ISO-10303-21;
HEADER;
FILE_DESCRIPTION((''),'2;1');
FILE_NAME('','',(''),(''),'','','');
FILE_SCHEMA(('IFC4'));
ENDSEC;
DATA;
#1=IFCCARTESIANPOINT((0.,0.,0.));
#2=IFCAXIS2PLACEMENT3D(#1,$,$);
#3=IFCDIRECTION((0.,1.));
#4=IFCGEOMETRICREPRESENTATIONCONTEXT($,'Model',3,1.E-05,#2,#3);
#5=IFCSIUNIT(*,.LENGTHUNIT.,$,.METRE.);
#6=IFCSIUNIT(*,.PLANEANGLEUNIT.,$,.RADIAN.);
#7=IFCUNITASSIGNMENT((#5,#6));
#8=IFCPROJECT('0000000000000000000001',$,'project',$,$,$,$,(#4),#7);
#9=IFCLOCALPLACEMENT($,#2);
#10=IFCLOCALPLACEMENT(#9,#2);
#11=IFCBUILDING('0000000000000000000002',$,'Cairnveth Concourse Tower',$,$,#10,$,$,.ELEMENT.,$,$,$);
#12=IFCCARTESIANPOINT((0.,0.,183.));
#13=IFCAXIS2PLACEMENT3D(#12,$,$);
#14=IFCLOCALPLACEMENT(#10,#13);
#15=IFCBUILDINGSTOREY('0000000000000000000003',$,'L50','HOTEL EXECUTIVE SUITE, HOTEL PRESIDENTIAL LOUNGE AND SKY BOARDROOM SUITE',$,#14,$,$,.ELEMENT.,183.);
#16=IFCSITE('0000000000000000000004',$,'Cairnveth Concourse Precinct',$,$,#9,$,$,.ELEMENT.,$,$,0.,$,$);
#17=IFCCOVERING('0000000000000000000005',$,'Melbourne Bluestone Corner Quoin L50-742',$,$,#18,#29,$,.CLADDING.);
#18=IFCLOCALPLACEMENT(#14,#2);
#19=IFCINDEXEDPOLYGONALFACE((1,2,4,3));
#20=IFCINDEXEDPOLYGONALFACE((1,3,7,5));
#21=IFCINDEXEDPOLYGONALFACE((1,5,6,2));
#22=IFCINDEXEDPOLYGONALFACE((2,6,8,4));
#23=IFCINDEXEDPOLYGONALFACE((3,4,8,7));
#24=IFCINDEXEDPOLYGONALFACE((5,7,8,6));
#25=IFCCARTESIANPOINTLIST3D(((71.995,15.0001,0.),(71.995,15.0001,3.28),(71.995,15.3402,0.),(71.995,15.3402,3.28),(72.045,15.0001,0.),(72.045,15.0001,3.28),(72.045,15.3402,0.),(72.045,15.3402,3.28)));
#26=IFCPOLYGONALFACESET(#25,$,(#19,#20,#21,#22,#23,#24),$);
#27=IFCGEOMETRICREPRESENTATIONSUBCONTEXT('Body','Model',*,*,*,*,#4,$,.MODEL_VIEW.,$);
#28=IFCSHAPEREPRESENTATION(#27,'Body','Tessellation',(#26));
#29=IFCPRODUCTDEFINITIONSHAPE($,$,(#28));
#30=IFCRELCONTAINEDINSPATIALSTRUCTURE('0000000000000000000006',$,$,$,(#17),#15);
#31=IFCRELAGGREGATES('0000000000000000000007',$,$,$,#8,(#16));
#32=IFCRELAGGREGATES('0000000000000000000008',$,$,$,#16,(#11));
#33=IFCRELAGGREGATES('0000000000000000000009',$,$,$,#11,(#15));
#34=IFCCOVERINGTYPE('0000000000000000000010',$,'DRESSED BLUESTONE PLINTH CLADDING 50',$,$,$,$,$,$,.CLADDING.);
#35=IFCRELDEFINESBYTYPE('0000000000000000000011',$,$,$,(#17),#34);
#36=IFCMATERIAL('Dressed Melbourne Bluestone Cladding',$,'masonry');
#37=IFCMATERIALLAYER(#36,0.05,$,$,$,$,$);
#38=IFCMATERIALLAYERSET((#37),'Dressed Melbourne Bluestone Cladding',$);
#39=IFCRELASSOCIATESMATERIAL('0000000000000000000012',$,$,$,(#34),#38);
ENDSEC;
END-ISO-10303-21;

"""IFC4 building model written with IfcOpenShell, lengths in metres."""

from ifc_helpers import new_model, si_unit, direction, frame, frame_2d, origin, place, context, subcontext, project, spatial, rectangle, extrude, material, layer, layer_set, type_object, element, save


model = new_model("IFC4")

# Units and contexts
model_context = context("Model", 3, precision=1e-05, world=origin(), true_north=direction((0.0, 1.0)))
body_context = subcontext(model_context, "Body", "Model", "MODEL_VIEW")
ifc_project = project(units=[si_unit("LENGTHUNIT", "METRE"), si_unit("PLANEANGLEUNIT", "RADIAN")], contexts=[model_context])

# Site, building, storey
site_placement = place(None, origin())
site = spatial("IfcSite", under=ifc_project, at=site_placement, Name="Cairnveth Concourse Precinct", CompositionType="ELEMENT", RefElevation=0.0)
building_placement = place(site_placement, origin())
building = spatial("IfcBuilding", under=site, at=building_placement, Name="Cairnveth Concourse Tower", CompositionType="ELEMENT")
storey_placement = place(building_placement, frame((0.0, 0.0, 183.0)))
storey = spatial("IfcBuildingStorey", under=building, at=storey_placement, Name="L50", Description="HOTEL EXECUTIVE SUITE, HOTEL PRESIDENTIAL LOUNGE AND SKY BOARDROOM SUITE", CompositionType="ELEMENT", Elevation=183.0)

# Covering
ifc_material_1 = material(Name="Dressed Melbourne Bluestone Cladding", Category="masonry")
ifc_layer_1 = layer(ifc_material_1, 0.05)
ifc_layer_set_1 = layer_set([ifc_layer_1], Name="Dressed Melbourne Bluestone Cladding")
covering_type = type_object("IfcCoveringType", Name="DRESSED BLUESTONE PLINTH CLADDING 50", PredefinedType="CLADDING", material=ifc_layer_set_1)
covering_placement = place(storey_placement, frame((72.02, 15.3401, 0.0), z_axis=(0.0, 0.0, 1.0), x_axis=(0.0, -1.0, 0.0)))
element("IfcCovering", 1, at=covering_placement, inside=storey, type_object=covering_type, Name="Melbourne Bluestone Corner Quoin L50-742", PredefinedType="CLADDING", context=body_context, shape_type="SweptSolid", body=[
    extrude(rectangle(XDim=0.3401, YDim=0.05, at=frame_2d((0.1699, 0.0))), origin(), (0.0, 0.0, 1.0), 3.28),
])

save(model, "model.ifc")
